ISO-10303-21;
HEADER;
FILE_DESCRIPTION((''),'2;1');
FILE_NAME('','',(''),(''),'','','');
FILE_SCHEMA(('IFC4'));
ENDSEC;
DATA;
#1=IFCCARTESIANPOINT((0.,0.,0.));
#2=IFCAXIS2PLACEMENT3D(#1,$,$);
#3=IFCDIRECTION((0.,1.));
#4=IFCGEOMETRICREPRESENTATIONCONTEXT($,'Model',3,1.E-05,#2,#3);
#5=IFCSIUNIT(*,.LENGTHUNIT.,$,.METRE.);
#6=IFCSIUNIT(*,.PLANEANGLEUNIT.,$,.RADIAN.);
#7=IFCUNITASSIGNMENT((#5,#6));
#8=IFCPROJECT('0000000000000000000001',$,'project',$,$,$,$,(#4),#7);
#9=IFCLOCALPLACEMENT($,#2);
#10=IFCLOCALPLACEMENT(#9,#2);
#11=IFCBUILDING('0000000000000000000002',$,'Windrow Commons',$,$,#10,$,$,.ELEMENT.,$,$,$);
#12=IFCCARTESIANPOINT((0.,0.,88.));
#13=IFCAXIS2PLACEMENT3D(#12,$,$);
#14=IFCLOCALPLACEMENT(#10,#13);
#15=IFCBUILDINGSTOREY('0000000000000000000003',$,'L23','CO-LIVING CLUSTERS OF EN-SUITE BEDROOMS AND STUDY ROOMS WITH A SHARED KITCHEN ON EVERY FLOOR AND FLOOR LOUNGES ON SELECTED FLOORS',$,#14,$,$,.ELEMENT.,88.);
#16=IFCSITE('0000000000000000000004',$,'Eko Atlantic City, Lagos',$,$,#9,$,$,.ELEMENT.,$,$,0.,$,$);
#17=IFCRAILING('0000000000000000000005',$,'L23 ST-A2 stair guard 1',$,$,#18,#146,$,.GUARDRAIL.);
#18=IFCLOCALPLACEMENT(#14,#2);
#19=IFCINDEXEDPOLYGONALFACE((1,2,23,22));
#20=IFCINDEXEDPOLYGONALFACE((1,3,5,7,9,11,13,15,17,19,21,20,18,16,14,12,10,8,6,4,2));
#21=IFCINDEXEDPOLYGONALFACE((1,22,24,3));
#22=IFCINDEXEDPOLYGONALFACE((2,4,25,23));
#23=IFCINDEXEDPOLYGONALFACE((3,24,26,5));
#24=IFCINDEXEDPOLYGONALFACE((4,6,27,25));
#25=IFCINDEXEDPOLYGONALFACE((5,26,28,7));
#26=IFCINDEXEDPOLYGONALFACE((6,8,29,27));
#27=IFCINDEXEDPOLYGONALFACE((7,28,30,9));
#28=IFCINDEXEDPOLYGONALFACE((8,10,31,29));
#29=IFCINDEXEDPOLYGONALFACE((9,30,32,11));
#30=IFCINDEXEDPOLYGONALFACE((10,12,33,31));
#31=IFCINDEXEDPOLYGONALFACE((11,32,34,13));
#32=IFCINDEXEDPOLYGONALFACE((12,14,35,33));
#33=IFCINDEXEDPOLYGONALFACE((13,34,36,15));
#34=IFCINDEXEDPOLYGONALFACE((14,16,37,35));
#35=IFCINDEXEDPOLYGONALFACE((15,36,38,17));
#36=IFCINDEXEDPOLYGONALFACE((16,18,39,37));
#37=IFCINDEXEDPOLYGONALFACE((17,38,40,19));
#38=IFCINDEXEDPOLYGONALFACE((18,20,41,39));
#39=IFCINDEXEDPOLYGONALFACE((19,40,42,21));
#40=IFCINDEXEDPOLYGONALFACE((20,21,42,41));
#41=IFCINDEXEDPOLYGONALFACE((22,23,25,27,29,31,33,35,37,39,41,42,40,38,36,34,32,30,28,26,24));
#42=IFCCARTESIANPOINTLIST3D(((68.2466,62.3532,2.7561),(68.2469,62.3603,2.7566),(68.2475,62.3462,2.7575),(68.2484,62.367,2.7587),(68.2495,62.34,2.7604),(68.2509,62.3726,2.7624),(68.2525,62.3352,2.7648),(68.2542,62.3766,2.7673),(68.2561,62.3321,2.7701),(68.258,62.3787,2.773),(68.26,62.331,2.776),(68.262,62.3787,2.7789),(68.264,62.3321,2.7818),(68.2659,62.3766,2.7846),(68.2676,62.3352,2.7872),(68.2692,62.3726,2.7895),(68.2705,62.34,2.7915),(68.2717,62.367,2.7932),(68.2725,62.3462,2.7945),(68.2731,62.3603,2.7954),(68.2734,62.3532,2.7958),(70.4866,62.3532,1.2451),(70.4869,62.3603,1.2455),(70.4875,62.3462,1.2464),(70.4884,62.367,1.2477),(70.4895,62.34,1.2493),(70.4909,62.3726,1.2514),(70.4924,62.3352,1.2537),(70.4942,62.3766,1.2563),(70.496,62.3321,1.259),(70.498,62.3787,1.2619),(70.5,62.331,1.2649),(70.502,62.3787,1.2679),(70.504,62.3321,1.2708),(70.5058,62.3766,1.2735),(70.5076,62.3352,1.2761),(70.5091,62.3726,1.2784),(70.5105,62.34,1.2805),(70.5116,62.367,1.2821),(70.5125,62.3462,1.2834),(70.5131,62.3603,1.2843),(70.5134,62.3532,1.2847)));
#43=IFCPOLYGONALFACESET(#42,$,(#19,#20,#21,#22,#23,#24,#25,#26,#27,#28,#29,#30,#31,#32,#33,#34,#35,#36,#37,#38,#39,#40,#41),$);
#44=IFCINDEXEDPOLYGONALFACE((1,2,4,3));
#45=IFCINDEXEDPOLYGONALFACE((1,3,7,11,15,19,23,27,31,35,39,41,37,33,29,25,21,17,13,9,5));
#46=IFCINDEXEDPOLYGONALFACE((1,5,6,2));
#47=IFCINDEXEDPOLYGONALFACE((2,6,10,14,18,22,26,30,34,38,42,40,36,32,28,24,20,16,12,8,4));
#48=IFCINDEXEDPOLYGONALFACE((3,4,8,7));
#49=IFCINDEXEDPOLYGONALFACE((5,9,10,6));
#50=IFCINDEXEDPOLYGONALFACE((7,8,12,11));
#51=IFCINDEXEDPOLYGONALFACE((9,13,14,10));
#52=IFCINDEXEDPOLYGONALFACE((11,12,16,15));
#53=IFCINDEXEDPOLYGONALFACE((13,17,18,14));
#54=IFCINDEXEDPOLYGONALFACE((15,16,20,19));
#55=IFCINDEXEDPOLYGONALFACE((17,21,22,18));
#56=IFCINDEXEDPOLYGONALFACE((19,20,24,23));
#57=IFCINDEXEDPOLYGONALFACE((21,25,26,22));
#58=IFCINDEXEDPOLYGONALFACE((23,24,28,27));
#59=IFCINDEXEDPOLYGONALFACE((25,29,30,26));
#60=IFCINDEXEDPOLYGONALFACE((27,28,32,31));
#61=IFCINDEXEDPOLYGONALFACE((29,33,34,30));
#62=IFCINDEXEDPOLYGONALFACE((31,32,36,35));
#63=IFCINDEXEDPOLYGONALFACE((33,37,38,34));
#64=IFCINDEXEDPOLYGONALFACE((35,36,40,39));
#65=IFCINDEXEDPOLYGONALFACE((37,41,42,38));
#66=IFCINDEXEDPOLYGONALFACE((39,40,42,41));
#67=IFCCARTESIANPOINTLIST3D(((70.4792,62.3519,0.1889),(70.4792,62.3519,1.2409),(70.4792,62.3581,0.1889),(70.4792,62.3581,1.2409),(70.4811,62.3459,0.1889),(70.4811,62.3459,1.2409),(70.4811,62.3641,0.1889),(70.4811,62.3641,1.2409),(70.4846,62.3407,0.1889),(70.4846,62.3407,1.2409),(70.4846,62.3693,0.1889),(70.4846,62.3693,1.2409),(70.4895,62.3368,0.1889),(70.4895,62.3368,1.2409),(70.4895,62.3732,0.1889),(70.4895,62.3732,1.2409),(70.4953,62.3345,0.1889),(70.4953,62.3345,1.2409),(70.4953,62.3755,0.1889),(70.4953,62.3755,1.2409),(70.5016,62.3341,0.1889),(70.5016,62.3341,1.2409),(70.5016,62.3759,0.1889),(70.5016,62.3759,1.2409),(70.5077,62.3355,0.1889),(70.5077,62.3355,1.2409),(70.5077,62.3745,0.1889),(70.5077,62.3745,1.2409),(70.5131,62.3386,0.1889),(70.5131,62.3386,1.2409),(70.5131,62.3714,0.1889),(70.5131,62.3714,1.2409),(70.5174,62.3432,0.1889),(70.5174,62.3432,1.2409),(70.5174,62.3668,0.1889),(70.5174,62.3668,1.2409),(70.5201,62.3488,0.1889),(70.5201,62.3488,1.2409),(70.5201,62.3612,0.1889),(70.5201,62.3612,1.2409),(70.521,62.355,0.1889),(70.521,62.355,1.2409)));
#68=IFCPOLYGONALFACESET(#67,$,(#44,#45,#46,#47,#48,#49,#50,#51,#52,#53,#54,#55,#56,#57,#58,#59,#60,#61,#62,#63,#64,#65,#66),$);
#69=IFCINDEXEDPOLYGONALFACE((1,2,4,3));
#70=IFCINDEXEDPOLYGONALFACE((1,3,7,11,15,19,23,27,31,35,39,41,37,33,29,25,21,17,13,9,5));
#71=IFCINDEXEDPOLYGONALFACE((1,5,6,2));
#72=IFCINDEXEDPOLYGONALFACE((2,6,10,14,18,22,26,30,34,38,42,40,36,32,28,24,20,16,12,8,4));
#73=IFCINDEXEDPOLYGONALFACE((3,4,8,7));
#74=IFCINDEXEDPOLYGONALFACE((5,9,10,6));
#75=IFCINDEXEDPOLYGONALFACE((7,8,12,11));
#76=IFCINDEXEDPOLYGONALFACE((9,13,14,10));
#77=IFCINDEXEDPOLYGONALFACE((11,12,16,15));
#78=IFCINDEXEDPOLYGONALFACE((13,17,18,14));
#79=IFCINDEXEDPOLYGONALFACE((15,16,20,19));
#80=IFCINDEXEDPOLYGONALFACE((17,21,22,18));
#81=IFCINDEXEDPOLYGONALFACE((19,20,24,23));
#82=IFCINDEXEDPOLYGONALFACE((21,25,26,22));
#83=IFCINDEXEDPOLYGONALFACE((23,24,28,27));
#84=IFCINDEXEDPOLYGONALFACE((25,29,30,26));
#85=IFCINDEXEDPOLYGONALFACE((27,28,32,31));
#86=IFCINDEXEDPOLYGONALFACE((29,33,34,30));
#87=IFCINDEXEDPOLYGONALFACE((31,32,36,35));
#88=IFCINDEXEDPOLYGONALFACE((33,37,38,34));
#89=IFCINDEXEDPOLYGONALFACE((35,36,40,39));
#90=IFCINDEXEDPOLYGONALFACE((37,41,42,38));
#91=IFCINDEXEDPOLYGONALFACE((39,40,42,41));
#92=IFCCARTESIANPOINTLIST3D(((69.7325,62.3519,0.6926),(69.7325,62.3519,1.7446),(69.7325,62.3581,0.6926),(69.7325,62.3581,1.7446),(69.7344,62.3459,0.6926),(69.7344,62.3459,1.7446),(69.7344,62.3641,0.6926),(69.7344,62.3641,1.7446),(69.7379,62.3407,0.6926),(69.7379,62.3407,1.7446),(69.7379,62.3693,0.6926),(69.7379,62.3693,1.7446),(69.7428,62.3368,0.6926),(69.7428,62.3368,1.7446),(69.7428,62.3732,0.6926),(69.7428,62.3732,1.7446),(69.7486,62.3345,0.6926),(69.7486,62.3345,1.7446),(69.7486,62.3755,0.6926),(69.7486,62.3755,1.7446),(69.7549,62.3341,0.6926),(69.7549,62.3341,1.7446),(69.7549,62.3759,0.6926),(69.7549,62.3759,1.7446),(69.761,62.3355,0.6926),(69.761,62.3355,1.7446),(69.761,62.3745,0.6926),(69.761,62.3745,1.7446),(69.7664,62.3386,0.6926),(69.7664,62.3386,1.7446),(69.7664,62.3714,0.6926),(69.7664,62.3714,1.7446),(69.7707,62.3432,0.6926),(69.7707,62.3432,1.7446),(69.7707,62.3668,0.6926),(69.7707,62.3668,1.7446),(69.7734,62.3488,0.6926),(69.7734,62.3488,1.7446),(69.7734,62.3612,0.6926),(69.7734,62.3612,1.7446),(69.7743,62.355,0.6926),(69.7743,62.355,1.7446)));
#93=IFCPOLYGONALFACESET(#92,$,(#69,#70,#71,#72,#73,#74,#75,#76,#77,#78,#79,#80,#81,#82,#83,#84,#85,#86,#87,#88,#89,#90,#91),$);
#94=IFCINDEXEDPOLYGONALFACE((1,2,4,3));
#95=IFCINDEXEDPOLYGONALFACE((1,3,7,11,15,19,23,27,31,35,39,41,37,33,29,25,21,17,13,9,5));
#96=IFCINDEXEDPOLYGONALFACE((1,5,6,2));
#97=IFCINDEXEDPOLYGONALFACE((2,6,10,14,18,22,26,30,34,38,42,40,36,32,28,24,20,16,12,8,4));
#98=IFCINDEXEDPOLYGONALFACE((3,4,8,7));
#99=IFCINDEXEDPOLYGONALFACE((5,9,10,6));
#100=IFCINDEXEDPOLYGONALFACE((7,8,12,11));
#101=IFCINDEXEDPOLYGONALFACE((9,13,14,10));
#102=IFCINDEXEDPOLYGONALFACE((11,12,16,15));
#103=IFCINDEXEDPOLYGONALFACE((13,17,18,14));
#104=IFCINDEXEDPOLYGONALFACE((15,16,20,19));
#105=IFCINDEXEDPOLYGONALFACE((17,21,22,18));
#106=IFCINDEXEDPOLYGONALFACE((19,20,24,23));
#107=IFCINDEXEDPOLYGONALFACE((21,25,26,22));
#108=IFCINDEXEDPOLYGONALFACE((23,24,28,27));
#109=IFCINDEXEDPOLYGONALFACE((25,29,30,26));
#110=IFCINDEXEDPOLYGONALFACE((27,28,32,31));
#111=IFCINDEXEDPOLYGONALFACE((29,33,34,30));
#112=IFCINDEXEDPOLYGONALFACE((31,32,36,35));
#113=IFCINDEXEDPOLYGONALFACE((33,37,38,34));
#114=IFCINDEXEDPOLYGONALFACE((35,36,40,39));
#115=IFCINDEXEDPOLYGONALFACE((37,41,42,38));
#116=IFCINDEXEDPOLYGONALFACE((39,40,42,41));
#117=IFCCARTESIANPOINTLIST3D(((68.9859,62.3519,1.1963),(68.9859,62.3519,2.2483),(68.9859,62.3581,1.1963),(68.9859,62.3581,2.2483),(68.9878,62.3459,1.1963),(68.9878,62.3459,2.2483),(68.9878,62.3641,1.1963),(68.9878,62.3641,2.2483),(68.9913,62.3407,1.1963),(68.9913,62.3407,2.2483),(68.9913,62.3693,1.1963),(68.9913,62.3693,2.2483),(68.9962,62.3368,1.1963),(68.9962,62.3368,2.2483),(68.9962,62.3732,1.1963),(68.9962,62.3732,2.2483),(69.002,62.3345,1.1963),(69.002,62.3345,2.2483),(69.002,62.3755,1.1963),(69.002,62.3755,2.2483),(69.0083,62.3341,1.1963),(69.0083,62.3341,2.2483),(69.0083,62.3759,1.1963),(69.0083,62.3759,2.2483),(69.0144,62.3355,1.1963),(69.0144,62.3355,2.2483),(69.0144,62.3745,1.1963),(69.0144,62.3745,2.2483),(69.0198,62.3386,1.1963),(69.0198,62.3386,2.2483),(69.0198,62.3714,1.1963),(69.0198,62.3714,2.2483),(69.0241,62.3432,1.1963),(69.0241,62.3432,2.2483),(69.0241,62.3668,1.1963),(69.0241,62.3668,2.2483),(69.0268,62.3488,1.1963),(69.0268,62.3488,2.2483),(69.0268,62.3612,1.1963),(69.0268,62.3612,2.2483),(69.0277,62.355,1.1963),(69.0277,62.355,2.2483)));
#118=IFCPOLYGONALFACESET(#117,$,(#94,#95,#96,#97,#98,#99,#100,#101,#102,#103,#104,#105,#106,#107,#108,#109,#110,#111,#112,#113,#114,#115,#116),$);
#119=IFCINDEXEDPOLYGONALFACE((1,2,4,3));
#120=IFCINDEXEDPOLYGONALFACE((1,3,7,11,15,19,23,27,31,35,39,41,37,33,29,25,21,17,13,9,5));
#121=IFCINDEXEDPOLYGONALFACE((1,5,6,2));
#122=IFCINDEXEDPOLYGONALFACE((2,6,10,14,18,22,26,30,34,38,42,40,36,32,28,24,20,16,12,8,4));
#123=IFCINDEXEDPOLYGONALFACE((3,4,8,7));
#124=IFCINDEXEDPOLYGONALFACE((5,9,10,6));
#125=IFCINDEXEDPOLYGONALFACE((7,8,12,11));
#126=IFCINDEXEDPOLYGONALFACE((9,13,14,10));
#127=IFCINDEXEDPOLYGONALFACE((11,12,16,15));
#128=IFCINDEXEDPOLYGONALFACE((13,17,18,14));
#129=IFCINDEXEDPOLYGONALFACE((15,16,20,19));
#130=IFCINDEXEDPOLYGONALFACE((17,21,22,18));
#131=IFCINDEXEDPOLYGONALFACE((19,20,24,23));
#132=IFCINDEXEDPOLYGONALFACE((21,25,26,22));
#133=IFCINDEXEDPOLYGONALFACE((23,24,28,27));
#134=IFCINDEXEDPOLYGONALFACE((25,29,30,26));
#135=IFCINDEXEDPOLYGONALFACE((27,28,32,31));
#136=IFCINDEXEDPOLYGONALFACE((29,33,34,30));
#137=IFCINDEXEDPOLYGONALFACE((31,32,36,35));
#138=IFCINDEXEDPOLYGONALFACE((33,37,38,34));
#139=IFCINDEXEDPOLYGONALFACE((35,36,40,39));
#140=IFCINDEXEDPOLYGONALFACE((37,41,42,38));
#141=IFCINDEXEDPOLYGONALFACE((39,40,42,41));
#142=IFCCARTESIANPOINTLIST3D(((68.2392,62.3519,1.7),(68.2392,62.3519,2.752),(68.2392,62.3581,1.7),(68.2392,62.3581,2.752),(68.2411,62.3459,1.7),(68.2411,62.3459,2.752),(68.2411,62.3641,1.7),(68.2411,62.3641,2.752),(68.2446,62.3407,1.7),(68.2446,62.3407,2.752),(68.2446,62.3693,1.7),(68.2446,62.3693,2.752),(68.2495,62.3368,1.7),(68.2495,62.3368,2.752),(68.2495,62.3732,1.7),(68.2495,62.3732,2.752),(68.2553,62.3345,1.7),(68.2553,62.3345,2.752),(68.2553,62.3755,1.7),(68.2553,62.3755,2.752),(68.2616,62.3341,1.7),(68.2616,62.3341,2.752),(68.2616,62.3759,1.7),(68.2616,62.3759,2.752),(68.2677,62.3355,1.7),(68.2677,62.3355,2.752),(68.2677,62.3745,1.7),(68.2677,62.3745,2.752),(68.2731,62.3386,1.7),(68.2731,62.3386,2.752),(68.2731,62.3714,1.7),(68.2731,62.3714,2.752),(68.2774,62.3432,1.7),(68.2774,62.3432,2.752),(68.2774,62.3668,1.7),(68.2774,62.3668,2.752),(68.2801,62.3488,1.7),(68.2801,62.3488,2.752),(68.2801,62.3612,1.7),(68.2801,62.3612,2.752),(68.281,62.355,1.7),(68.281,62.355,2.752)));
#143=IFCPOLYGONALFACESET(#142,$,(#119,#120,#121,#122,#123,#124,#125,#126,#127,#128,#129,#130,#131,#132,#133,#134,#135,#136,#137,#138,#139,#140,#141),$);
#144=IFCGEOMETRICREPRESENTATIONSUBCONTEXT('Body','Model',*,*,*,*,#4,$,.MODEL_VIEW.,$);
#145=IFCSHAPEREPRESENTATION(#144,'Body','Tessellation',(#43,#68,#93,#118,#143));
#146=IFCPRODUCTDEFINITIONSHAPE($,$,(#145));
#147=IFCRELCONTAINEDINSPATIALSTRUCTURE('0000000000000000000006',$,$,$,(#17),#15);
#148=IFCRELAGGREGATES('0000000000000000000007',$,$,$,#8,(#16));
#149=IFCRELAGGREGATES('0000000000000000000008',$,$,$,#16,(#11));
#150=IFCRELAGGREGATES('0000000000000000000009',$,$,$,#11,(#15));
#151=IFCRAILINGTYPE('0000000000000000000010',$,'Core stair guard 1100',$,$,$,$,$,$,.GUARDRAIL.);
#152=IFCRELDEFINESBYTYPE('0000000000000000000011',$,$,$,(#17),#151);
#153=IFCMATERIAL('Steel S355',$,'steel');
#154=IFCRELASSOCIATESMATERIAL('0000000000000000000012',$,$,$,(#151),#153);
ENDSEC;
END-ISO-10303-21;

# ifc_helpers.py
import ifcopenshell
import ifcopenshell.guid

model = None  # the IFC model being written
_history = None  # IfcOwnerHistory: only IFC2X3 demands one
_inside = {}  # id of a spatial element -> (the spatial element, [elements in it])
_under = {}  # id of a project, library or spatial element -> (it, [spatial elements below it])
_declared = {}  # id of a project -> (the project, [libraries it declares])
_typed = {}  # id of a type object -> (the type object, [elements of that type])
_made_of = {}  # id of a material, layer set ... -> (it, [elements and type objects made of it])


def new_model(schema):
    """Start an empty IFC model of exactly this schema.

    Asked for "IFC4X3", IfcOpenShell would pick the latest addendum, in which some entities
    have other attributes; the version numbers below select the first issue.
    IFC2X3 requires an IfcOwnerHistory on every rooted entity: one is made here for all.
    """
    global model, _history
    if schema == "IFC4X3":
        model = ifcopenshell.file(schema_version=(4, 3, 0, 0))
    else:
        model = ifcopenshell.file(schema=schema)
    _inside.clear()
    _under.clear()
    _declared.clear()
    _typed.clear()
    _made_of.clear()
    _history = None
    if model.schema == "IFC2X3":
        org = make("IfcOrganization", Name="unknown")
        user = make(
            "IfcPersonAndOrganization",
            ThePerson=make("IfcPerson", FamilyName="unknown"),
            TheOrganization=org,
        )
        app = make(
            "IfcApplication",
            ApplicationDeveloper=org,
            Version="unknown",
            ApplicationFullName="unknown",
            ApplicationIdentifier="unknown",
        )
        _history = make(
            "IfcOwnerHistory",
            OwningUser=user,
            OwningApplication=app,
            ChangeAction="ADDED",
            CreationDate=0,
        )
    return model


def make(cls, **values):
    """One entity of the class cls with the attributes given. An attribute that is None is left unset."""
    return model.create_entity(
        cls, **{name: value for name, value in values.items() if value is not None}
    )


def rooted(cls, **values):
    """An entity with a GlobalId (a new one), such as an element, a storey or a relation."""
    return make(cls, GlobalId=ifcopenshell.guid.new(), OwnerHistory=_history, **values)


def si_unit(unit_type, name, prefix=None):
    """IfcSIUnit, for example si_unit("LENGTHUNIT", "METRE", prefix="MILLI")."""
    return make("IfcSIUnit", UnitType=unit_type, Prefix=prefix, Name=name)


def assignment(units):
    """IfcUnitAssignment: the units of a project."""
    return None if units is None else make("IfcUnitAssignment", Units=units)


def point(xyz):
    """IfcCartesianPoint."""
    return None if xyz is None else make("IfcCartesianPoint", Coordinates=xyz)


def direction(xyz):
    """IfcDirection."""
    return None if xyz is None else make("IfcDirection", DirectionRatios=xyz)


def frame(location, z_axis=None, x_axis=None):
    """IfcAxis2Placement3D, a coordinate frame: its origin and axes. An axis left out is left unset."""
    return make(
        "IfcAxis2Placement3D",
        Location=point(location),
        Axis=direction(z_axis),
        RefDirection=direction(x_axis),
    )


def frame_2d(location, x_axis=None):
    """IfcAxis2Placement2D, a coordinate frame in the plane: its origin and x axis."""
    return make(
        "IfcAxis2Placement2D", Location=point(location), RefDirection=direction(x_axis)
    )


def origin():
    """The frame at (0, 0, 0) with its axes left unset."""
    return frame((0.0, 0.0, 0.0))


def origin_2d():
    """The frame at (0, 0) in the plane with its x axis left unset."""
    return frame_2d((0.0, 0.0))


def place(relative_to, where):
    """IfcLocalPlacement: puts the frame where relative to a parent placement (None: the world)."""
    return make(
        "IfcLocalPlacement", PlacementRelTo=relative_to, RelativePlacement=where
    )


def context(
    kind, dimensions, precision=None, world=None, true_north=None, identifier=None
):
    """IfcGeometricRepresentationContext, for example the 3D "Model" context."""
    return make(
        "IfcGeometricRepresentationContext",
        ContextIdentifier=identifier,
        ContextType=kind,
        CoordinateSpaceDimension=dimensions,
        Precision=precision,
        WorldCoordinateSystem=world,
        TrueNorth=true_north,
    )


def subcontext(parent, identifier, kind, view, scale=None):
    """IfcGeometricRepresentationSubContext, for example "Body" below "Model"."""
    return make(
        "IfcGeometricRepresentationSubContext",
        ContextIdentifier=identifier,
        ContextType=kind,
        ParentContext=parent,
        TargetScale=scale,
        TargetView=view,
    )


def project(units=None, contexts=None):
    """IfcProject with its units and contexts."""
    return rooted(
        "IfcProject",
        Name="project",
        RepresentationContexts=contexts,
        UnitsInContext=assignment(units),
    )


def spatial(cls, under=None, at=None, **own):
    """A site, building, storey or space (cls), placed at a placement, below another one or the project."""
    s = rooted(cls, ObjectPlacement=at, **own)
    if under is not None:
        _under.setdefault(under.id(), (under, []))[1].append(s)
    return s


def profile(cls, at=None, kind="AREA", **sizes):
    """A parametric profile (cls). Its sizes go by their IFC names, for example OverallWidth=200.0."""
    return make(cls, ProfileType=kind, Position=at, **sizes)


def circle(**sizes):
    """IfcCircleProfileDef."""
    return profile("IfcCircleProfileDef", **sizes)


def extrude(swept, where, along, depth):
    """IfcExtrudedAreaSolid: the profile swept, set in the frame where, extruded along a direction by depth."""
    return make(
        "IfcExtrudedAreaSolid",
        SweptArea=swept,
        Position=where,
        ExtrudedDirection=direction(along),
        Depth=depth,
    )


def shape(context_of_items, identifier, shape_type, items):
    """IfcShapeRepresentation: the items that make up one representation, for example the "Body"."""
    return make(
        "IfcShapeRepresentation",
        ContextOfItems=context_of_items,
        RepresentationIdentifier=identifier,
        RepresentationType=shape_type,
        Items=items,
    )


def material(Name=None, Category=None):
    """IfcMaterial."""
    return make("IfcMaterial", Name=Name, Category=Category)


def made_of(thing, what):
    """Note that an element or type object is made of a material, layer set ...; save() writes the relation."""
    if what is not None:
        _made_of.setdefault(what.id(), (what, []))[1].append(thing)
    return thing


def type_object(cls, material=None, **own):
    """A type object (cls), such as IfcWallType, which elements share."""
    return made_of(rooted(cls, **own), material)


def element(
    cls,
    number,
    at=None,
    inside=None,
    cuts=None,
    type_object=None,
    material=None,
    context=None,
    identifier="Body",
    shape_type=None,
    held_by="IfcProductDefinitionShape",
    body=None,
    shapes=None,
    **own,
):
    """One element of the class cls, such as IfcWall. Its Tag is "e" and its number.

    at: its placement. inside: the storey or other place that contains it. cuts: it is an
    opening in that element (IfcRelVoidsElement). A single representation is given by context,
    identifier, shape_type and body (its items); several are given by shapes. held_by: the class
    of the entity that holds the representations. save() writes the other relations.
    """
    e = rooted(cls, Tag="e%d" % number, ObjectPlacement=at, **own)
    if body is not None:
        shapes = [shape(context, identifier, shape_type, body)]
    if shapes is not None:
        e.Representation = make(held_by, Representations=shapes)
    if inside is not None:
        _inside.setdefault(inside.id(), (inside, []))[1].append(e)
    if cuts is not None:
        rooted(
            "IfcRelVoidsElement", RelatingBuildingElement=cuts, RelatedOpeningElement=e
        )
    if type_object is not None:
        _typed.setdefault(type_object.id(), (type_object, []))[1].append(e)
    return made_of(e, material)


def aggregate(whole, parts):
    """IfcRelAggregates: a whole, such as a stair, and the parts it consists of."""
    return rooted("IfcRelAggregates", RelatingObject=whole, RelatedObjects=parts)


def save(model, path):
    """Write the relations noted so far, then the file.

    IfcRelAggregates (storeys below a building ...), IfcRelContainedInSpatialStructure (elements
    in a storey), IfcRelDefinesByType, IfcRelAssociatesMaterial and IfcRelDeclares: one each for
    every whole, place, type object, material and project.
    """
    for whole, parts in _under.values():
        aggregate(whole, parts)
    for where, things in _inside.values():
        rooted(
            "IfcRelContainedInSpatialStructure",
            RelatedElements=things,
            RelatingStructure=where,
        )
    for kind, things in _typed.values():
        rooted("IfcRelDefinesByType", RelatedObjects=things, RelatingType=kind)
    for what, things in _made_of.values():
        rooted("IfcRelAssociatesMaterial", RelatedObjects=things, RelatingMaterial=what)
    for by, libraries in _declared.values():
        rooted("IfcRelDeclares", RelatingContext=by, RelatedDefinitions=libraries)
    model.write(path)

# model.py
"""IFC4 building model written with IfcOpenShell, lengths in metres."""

from ifc_helpers import new_model, si_unit, direction, frame, origin, origin_2d, place, context, subcontext, project, spatial, circle, extrude, material, type_object, element, save


model = new_model("IFC4")

# Units and contexts
model_context = context("Model", 3, precision=1e-05, world=origin(), true_north=direction((0.0, 1.0)))
body_context = subcontext(model_context, "Body", "Model", "MODEL_VIEW")
ifc_project = project(units=[si_unit("LENGTHUNIT", "METRE"), si_unit("PLANEANGLEUNIT", "RADIAN")], contexts=[model_context])

# Site, building, storey
site_placement = place(None, origin())
site = spatial("IfcSite", under=ifc_project, at=site_placement, Name="Eko Atlantic City, Lagos", CompositionType="ELEMENT", RefElevation=0.0)
building_placement = place(site_placement, origin())
building = spatial("IfcBuilding", under=site, at=building_placement, Name="Windrow Commons", CompositionType="ELEMENT")
storey_placement = place(building_placement, frame((0.0, 0.0, 88.0)))
storey = spatial("IfcBuildingStorey", under=building, at=storey_placement, Name="L23", Description="CO-LIVING CLUSTERS OF EN-SUITE BEDROOMS AND STUDY ROOMS WITH A SHARED KITCHEN ON EVERY FLOOR AND FLOOR LOUNGES ON SELECTED FLOORS", CompositionType="ELEMENT", Elevation=88.0)

# Railing
ifc_material_1 = material(Name="Steel S355", Category="steel")
railing_type_1 = type_object("IfcRailingType", Name="Core stair guard 1100", PredefinedType="GUARDRAIL", material=ifc_material_1)
railing_1_placement = place(storey_placement, frame((70.5, 62.355, 0.1889)))
element("IfcRailing", 1, at=railing_1_placement, inside=storey, type_object=railing_type_1, Name="L23 ST-A2 stair guard 1", PredefinedType="GUARDRAIL", context=body_context, shape_type="SweptSolid", body=[
    extrude(circle(Radius=0.024, at=origin_2d()), frame((0.0, 0.0, 1.076), z_axis=(-0.829003, 0.0, 0.559244), x_axis=(0.0, -1.0, 0.0)), (0.0, 0.0, 1.0), 2.702),
    extrude(circle(Radius=0.021, at=origin_2d()), origin(), (0.0, 0.0, 1.0), 1.052),
    extrude(circle(Radius=0.021, at=origin_2d()), frame((-0.7467, 0.0, 0.5037)), (0.0, 0.0, 1.0), 1.052),
    extrude(circle(Radius=0.021, at=origin_2d()), frame((-1.4933, 0.0, 1.0074)), (0.0, 0.0, 1.0), 1.052),
    extrude(circle(Radius=0.021, at=origin_2d()), frame((-2.24, 0.0, 1.5111)), (0.0, 0.0, 1.0), 1.052),
])

save(model, "model.ifc")
